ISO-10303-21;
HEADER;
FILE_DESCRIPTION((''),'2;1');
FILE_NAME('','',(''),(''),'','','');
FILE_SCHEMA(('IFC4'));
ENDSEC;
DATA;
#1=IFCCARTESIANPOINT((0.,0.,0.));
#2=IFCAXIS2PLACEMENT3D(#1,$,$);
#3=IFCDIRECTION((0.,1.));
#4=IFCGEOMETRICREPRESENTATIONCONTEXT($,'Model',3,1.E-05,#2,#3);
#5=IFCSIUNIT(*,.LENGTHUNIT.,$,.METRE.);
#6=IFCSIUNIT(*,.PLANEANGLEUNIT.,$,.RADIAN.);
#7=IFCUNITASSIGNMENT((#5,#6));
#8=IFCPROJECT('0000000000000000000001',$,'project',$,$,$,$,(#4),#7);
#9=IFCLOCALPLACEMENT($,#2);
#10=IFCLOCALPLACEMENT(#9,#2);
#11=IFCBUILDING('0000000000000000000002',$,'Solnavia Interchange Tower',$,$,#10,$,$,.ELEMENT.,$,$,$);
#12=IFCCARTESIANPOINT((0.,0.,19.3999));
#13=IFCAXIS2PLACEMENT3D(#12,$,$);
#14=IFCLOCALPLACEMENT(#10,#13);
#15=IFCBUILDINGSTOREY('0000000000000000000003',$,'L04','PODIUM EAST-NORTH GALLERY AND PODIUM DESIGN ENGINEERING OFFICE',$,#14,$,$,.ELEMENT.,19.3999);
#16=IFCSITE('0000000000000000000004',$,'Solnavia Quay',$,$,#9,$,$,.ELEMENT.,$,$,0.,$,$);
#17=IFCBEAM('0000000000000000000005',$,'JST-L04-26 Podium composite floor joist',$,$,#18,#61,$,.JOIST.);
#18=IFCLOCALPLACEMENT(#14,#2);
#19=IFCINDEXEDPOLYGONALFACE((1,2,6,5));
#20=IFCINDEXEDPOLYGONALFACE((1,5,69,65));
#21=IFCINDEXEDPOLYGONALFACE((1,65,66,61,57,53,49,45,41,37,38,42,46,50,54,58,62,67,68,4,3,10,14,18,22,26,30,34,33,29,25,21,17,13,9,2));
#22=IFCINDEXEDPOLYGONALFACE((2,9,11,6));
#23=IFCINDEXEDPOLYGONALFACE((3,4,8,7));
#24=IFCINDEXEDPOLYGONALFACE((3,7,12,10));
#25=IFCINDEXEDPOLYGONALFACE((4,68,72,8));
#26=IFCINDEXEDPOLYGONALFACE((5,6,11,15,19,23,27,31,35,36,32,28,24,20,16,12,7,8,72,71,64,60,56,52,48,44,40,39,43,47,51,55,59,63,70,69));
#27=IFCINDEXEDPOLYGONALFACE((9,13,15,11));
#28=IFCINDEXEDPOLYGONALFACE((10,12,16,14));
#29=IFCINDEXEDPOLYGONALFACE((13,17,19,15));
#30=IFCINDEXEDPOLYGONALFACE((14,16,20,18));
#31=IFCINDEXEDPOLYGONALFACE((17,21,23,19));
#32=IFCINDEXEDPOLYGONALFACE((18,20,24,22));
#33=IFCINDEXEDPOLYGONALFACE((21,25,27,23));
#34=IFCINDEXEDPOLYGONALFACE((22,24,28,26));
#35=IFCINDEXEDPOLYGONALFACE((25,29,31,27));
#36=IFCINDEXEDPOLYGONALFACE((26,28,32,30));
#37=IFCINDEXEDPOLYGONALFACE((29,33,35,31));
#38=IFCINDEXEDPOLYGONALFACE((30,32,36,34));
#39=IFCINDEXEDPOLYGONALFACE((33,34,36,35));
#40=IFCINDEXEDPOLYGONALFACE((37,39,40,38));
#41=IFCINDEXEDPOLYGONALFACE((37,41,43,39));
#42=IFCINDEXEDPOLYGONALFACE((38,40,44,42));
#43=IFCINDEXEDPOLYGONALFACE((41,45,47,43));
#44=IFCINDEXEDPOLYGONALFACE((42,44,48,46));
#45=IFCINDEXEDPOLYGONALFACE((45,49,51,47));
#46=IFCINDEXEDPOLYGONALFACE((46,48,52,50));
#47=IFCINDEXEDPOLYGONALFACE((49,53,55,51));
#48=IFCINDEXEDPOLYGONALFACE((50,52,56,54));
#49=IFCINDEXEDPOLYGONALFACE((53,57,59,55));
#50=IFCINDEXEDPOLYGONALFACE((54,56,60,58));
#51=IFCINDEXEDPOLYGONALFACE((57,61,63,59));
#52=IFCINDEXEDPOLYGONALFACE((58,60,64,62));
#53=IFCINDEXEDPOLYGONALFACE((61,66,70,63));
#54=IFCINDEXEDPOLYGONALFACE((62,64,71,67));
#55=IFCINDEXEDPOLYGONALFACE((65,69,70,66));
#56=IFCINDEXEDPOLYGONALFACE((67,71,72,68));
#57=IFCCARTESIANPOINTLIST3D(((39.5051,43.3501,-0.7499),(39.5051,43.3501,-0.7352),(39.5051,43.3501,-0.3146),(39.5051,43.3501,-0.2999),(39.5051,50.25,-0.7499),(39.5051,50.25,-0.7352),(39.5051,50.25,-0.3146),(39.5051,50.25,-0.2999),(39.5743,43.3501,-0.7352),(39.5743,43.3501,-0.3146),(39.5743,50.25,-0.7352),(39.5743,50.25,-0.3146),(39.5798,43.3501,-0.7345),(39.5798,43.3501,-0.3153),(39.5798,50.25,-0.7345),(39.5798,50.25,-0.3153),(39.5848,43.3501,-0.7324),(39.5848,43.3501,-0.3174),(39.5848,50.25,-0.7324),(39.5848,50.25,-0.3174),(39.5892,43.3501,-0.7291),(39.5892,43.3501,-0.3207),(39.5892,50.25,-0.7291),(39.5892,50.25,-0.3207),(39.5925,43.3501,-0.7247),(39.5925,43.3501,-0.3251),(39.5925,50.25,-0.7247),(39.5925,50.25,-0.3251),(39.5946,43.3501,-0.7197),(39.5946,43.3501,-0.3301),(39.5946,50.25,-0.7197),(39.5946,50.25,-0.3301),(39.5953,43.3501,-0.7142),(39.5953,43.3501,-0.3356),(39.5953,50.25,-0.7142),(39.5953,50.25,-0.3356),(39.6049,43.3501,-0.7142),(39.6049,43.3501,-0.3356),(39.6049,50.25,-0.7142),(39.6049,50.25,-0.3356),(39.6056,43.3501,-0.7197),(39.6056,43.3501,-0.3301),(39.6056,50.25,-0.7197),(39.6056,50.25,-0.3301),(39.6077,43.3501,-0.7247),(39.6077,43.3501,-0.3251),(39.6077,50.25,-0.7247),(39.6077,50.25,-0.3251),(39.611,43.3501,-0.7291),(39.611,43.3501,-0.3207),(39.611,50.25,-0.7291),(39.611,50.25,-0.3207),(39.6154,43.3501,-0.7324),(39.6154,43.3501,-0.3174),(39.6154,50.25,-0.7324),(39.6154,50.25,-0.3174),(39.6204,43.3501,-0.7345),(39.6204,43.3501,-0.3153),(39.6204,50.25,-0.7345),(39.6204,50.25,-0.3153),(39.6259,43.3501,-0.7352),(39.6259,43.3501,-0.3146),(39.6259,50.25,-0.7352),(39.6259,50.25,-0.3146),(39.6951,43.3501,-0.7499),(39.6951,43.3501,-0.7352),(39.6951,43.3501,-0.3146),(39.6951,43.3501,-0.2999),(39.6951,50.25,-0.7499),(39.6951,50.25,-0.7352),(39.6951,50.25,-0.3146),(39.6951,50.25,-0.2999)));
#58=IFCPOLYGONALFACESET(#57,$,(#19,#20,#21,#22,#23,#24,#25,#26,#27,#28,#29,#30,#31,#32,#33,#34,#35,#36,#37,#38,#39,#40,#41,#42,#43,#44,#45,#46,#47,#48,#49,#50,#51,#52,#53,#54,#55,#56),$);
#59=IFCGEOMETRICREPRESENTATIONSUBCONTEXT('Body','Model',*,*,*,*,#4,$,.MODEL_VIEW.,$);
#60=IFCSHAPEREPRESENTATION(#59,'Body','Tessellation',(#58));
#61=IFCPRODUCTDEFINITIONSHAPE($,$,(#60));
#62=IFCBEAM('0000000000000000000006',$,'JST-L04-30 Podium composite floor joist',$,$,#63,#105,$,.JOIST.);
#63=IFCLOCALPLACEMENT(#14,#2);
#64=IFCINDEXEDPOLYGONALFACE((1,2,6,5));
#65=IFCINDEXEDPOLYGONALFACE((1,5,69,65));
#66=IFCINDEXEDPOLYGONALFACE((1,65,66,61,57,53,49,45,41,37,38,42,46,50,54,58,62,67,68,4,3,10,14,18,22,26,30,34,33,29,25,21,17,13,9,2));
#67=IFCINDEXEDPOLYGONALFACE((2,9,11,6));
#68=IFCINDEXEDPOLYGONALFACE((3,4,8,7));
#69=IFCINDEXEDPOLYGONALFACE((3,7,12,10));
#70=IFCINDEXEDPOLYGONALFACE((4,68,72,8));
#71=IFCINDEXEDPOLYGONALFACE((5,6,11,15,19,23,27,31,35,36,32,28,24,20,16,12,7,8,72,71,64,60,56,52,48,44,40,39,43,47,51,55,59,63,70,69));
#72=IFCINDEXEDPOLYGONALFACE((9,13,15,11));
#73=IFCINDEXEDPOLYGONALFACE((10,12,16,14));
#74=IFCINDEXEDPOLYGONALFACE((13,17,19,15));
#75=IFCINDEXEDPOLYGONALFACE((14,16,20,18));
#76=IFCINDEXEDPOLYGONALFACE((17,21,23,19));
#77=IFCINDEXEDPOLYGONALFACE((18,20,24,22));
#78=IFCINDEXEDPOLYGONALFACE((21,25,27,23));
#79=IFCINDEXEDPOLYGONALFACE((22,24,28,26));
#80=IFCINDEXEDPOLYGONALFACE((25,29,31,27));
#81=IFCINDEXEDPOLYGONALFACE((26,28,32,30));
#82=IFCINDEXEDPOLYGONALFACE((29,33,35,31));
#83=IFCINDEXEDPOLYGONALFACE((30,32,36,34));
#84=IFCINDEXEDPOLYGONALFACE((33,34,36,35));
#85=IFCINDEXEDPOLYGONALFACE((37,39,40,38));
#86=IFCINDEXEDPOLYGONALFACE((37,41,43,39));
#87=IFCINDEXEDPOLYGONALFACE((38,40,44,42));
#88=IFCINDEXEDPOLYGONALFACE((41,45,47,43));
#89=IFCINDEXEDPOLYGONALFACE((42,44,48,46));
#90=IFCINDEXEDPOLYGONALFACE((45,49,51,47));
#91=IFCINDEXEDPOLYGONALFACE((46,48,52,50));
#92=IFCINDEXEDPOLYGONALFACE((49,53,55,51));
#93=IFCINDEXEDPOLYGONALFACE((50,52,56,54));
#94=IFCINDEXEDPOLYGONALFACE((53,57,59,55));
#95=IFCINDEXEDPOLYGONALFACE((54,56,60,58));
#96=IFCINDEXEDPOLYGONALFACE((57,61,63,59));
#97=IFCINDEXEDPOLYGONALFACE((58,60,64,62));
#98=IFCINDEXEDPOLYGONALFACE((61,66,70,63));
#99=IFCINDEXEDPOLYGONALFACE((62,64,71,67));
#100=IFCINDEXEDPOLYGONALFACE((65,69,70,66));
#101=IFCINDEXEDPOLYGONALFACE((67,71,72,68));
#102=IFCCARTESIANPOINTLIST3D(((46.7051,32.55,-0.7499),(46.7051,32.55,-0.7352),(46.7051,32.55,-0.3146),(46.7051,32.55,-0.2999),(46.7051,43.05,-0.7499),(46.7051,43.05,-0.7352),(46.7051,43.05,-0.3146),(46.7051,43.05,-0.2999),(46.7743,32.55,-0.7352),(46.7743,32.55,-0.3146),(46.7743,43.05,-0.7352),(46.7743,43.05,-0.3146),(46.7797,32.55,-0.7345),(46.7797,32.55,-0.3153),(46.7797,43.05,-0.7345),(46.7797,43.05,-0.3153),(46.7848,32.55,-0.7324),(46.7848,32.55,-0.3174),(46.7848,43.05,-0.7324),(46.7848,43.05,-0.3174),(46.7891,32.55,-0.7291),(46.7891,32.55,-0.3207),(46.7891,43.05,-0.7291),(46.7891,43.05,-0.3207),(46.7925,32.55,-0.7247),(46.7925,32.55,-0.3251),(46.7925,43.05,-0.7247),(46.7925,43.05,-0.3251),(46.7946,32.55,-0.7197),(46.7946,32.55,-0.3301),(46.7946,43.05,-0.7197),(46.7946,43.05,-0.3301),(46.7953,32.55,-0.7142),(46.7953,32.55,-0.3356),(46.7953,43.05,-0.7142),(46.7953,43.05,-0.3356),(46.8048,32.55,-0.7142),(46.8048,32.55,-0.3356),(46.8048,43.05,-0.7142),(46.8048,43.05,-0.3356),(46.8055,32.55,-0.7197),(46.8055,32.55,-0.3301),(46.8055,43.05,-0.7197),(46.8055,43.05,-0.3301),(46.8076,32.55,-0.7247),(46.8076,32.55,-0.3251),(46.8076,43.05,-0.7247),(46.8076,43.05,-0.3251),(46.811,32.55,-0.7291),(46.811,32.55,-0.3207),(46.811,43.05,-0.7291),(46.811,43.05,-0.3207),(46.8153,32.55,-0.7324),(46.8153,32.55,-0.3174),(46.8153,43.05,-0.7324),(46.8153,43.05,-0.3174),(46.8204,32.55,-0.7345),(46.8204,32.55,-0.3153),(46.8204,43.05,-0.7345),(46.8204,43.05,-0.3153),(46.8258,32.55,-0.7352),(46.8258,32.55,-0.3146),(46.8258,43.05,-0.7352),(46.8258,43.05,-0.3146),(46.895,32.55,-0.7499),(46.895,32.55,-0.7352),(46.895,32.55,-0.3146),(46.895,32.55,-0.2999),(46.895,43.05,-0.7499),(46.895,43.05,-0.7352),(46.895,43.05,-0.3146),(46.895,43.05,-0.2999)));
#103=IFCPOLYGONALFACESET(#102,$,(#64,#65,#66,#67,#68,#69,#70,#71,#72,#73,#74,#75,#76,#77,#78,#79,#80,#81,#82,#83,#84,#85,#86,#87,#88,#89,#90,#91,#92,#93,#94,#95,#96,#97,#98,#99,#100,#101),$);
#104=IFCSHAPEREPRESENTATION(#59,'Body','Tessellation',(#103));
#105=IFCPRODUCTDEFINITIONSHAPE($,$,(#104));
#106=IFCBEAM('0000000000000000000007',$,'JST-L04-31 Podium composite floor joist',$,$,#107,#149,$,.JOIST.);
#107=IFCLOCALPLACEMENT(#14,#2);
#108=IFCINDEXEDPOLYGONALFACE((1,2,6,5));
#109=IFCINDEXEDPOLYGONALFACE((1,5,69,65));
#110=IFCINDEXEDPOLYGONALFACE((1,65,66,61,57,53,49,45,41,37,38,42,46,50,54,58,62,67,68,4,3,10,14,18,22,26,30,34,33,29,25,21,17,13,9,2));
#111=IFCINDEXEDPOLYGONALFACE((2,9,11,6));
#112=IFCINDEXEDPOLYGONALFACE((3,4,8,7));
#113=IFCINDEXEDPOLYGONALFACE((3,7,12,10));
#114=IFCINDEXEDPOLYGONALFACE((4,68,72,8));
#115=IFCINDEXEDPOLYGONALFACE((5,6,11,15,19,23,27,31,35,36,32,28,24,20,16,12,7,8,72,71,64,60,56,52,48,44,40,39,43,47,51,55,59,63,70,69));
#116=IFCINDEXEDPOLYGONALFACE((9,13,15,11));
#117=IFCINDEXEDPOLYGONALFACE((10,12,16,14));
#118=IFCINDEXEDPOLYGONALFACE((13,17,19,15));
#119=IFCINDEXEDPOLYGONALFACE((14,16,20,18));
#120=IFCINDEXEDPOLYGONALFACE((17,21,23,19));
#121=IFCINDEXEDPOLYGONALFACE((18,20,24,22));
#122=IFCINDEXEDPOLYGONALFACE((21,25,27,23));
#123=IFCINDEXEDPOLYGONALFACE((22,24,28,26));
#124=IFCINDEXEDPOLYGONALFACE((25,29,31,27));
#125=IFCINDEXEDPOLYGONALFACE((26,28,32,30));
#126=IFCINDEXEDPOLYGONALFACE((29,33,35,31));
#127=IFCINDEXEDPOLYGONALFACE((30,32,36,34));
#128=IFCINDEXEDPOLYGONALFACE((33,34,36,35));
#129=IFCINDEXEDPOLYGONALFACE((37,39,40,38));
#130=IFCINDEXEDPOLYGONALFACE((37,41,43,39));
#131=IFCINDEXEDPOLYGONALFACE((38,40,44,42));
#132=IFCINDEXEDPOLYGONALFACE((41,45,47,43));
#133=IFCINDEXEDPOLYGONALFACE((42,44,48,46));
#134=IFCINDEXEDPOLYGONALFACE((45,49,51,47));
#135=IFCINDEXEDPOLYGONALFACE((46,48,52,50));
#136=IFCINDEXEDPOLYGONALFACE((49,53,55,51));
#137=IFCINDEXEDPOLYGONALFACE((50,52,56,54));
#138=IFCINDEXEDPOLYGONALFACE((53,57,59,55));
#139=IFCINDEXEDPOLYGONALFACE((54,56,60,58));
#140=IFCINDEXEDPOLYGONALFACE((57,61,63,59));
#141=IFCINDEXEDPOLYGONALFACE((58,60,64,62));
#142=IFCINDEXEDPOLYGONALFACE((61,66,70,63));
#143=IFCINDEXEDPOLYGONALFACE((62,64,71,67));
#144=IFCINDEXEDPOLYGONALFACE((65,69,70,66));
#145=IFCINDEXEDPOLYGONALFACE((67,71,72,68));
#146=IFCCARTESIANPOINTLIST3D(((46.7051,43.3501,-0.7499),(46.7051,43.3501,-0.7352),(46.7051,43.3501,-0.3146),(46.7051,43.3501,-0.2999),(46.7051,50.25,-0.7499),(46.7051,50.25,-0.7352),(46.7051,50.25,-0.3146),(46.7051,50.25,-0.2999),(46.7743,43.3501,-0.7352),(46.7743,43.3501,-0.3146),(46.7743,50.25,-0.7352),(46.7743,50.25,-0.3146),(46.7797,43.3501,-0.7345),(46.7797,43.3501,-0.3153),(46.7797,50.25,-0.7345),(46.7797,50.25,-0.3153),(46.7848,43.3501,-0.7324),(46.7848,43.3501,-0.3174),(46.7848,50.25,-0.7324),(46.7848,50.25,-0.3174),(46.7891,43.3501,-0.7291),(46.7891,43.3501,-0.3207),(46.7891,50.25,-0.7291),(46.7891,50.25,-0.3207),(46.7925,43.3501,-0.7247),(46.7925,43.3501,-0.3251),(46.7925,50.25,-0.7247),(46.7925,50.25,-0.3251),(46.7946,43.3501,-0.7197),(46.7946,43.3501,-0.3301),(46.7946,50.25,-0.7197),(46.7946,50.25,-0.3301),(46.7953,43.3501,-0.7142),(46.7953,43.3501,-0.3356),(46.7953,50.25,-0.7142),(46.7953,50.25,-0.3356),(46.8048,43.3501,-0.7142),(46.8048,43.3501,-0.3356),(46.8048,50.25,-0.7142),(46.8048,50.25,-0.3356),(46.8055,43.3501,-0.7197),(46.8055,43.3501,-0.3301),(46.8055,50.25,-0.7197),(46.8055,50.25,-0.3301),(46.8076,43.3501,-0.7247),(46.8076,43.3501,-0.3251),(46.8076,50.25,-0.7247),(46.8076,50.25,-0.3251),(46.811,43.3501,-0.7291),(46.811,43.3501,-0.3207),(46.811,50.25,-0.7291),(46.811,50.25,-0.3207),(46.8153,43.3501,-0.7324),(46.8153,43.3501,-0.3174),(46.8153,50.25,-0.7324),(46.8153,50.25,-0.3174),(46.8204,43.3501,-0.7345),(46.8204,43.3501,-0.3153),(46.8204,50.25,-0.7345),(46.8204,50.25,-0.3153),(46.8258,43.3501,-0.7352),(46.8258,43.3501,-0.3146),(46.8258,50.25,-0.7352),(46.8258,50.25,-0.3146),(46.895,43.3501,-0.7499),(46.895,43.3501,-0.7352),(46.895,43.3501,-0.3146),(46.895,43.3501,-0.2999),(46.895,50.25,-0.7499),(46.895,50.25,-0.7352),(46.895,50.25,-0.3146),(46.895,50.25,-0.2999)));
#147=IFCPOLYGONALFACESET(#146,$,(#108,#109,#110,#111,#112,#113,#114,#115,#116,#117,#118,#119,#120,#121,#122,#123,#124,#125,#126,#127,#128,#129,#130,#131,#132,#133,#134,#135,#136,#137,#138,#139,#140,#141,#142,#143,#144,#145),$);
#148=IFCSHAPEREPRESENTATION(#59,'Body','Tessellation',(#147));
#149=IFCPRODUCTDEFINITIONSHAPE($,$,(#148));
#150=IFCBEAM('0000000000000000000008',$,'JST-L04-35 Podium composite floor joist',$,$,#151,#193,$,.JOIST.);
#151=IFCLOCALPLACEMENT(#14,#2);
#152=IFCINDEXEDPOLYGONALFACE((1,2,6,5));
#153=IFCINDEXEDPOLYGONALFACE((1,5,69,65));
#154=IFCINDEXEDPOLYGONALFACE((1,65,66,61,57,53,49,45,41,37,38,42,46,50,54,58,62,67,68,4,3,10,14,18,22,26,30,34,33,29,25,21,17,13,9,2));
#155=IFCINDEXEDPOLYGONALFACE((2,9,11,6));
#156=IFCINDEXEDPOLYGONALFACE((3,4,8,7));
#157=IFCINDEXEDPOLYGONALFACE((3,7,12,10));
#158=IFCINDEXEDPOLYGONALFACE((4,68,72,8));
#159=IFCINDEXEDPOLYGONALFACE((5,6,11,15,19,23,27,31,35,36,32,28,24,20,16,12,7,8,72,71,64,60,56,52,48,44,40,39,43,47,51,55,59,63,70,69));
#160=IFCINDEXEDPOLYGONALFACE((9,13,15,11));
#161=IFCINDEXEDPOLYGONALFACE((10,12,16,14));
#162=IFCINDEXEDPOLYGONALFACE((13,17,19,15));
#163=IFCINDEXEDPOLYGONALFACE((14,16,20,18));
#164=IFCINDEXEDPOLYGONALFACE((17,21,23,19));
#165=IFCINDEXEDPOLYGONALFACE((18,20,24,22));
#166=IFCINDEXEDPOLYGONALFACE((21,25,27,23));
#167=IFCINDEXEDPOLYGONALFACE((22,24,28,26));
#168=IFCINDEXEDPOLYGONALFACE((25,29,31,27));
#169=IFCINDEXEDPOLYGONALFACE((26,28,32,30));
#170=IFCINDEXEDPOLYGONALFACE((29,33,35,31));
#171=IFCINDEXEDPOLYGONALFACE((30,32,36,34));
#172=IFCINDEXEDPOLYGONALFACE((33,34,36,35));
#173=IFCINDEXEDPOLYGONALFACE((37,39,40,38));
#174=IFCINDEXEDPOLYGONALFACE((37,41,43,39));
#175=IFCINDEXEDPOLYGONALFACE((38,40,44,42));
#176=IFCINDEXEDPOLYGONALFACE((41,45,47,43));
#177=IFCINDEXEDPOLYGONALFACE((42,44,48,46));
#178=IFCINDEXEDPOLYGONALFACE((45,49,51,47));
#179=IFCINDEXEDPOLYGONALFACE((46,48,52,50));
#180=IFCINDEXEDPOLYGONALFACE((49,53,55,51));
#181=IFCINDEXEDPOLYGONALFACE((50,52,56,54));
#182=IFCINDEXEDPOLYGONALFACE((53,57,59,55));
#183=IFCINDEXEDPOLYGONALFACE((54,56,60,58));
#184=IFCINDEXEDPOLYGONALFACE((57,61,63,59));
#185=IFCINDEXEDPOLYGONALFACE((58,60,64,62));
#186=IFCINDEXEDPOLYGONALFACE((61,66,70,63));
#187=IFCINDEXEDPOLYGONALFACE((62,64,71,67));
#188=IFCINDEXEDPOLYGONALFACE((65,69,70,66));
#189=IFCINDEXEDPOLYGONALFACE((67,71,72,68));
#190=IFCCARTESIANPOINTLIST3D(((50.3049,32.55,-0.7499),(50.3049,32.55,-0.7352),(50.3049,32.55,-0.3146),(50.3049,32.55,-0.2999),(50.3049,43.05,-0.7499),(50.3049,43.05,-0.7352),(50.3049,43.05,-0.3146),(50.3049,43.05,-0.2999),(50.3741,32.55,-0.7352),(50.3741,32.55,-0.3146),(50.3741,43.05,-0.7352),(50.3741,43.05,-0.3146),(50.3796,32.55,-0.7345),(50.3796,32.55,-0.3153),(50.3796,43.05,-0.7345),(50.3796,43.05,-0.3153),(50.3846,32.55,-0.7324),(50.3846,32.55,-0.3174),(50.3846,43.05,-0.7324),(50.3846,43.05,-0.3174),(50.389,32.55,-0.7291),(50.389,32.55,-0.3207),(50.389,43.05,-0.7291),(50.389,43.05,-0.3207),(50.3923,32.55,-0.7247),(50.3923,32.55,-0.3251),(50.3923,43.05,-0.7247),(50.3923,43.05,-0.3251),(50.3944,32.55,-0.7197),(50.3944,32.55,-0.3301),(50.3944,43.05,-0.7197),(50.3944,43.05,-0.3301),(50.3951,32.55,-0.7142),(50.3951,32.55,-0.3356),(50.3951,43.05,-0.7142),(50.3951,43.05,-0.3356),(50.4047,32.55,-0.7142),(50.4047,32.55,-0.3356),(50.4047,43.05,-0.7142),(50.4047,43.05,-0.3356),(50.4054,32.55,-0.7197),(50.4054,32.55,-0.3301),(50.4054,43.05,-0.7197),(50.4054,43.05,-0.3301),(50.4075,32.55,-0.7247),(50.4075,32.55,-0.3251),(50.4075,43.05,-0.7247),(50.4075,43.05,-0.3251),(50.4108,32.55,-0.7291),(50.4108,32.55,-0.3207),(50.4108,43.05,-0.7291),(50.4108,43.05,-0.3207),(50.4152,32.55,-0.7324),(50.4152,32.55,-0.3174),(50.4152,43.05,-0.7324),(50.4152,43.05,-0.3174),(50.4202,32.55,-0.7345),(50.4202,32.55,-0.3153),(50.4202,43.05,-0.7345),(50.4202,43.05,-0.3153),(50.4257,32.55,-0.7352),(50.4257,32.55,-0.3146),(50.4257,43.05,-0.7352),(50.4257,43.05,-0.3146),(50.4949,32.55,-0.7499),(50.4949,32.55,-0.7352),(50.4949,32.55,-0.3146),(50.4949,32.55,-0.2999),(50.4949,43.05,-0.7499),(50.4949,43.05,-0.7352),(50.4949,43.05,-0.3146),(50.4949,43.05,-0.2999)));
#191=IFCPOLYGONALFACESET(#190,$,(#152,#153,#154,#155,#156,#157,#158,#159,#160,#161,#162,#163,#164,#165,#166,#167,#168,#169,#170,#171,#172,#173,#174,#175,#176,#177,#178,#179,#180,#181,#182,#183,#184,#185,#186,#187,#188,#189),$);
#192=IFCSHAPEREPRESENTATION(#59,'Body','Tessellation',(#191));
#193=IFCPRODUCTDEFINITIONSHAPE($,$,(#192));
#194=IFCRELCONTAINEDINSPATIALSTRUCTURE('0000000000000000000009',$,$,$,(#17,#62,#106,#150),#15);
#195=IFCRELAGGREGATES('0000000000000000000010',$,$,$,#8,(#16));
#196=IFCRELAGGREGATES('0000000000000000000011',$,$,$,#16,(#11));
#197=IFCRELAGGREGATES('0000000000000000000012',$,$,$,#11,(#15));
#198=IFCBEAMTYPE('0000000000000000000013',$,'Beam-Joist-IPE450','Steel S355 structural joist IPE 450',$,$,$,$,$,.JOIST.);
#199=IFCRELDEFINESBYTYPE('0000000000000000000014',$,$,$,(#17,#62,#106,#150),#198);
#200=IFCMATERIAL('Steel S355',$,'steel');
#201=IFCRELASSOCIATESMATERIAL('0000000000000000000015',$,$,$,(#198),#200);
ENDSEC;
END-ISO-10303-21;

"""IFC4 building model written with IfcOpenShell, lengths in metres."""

from ifc_helpers import new_model, si_unit, direction, frame, origin, origin_2d, place, context, subcontext, project, spatial, i_section, extrude, material, material_profile, profile_set, type_object, element, save


model = new_model("IFC4")

# Units and contexts
model_context = context("Model", 3, precision=1e-05, world=origin(), true_north=direction((0.0, 1.0)))
body_context = subcontext(model_context, "Body", "Model", "MODEL_VIEW")
ifc_project = project(units=[si_unit("LENGTHUNIT", "METRE"), si_unit("PLANEANGLEUNIT", "RADIAN")], contexts=[model_context])

# Site, building, storey
site_placement = place(None, origin())
site = spatial("IfcSite", under=ifc_project, at=site_placement, Name="Solnavia Quay", CompositionType="ELEMENT", RefElevation=0.0)
building_placement = place(site_placement, origin())
building = spatial("IfcBuilding", under=site, at=building_placement, Name="Solnavia Interchange Tower", CompositionType="ELEMENT")
storey_placement = place(building_placement, frame((0.0, 0.0, 19.3999)))
storey = spatial("IfcBuildingStorey", under=building, at=storey_placement, Name="L04", Description="PODIUM EAST-NORTH GALLERY AND PODIUM DESIGN ENGINEERING OFFICE", CompositionType="ELEMENT", Elevation=19.3999)

# Beams
ifc_material_1 = material(Name="Steel S355", Category="steel")
ifc_material_profile_1 = material_profile(ifc_material_1, i_section(OverallWidth=0.1899, OverallDepth=0.45, WebThickness=0.0095, FlangeThickness=0.0146, FilletRadius=0.021, at=origin_2d()), Name="IPE 450")
ifc_profile_set_1 = profile_set([ifc_material_profile_1], Name="Steel S355")
beam_type_1 = type_object("IfcBeamType", Name="Beam-Joist-IPE450", Description="Steel S355 structural joist IPE 450", PredefinedType="JOIST", material=ifc_profile_set_1)
for number, where, z_axis, x_axis, name in (
    (1, (39.6001, 43.3501, -0.5249), (0.0, 1.0, 0.0), (-1.0, 0.0, 0.0), "JST-L04-26 Podium composite floor joist"),
):
    element("IfcBeam", number, at=place(storey_placement, frame(where, z_axis=z_axis, x_axis=x_axis)), inside=storey, type_object=beam_type_1, Name=name, PredefinedType="JOIST", context=body_context, shape_type="SweptSolid", body=[
        extrude(i_section(OverallWidth=0.1899, OverallDepth=0.45, WebThickness=0.0095, FlangeThickness=0.0146, FilletRadius=0.021, at=origin_2d()), origin(), (0.0, 0.0, 1.0), 6.8999),
    ])
beam_1_placement = place(storey_placement, frame((46.8, 32.55, -0.5249), z_axis=(0.0, 1.0, 0.0), x_axis=(-1.0, 0.0, 0.0)))
element("IfcBeam", 2, at=beam_1_placement, inside=storey, type_object=beam_type_1, Name="JST-L04-30 Podium composite floor joist", PredefinedType="JOIST", context=body_context, shape_type="SweptSolid", body=[
    extrude(i_section(OverallWidth=0.1899, OverallDepth=0.45, WebThickness=0.0095, FlangeThickness=0.0146, FilletRadius=0.021, at=origin_2d()), origin(), (0.0, 0.0, 1.0), 10.5),
])
beam_2_placement = place(storey_placement, frame((46.8, 43.3501, -0.5249), z_axis=(0.0, 1.0, 0.0), x_axis=(-1.0, 0.0, 0.0)))
element("IfcBeam", 3, at=beam_2_placement, inside=storey, type_object=beam_type_1, Name="JST-L04-31 Podium composite floor joist", PredefinedType="JOIST", context=body_context, shape_type="SweptSolid", body=[
    extrude(i_section(OverallWidth=0.1899, OverallDepth=0.45, WebThickness=0.0095, FlangeThickness=0.0146, FilletRadius=0.021, at=origin_2d()), origin(), (0.0, 0.0, 1.0), 6.8999),
])
beam_3_placement = place(storey_placement, frame((50.3999, 32.55, -0.5249), z_axis=(0.0, 1.0, 0.0), x_axis=(-1.0, 0.0, 0.0)))
element("IfcBeam", 4, at=beam_3_placement, inside=storey, type_object=beam_type_1, Name="JST-L04-35 Podium composite floor joist", PredefinedType="JOIST", context=body_context, shape_type="SweptSolid", body=[
    extrude(i_section(OverallWidth=0.1899, OverallDepth=0.45, WebThickness=0.0095, FlangeThickness=0.0146, FilletRadius=0.021, at=origin_2d()), origin(), (0.0, 0.0, 1.0), 10.5),
])

save(model, "model.ifc")
